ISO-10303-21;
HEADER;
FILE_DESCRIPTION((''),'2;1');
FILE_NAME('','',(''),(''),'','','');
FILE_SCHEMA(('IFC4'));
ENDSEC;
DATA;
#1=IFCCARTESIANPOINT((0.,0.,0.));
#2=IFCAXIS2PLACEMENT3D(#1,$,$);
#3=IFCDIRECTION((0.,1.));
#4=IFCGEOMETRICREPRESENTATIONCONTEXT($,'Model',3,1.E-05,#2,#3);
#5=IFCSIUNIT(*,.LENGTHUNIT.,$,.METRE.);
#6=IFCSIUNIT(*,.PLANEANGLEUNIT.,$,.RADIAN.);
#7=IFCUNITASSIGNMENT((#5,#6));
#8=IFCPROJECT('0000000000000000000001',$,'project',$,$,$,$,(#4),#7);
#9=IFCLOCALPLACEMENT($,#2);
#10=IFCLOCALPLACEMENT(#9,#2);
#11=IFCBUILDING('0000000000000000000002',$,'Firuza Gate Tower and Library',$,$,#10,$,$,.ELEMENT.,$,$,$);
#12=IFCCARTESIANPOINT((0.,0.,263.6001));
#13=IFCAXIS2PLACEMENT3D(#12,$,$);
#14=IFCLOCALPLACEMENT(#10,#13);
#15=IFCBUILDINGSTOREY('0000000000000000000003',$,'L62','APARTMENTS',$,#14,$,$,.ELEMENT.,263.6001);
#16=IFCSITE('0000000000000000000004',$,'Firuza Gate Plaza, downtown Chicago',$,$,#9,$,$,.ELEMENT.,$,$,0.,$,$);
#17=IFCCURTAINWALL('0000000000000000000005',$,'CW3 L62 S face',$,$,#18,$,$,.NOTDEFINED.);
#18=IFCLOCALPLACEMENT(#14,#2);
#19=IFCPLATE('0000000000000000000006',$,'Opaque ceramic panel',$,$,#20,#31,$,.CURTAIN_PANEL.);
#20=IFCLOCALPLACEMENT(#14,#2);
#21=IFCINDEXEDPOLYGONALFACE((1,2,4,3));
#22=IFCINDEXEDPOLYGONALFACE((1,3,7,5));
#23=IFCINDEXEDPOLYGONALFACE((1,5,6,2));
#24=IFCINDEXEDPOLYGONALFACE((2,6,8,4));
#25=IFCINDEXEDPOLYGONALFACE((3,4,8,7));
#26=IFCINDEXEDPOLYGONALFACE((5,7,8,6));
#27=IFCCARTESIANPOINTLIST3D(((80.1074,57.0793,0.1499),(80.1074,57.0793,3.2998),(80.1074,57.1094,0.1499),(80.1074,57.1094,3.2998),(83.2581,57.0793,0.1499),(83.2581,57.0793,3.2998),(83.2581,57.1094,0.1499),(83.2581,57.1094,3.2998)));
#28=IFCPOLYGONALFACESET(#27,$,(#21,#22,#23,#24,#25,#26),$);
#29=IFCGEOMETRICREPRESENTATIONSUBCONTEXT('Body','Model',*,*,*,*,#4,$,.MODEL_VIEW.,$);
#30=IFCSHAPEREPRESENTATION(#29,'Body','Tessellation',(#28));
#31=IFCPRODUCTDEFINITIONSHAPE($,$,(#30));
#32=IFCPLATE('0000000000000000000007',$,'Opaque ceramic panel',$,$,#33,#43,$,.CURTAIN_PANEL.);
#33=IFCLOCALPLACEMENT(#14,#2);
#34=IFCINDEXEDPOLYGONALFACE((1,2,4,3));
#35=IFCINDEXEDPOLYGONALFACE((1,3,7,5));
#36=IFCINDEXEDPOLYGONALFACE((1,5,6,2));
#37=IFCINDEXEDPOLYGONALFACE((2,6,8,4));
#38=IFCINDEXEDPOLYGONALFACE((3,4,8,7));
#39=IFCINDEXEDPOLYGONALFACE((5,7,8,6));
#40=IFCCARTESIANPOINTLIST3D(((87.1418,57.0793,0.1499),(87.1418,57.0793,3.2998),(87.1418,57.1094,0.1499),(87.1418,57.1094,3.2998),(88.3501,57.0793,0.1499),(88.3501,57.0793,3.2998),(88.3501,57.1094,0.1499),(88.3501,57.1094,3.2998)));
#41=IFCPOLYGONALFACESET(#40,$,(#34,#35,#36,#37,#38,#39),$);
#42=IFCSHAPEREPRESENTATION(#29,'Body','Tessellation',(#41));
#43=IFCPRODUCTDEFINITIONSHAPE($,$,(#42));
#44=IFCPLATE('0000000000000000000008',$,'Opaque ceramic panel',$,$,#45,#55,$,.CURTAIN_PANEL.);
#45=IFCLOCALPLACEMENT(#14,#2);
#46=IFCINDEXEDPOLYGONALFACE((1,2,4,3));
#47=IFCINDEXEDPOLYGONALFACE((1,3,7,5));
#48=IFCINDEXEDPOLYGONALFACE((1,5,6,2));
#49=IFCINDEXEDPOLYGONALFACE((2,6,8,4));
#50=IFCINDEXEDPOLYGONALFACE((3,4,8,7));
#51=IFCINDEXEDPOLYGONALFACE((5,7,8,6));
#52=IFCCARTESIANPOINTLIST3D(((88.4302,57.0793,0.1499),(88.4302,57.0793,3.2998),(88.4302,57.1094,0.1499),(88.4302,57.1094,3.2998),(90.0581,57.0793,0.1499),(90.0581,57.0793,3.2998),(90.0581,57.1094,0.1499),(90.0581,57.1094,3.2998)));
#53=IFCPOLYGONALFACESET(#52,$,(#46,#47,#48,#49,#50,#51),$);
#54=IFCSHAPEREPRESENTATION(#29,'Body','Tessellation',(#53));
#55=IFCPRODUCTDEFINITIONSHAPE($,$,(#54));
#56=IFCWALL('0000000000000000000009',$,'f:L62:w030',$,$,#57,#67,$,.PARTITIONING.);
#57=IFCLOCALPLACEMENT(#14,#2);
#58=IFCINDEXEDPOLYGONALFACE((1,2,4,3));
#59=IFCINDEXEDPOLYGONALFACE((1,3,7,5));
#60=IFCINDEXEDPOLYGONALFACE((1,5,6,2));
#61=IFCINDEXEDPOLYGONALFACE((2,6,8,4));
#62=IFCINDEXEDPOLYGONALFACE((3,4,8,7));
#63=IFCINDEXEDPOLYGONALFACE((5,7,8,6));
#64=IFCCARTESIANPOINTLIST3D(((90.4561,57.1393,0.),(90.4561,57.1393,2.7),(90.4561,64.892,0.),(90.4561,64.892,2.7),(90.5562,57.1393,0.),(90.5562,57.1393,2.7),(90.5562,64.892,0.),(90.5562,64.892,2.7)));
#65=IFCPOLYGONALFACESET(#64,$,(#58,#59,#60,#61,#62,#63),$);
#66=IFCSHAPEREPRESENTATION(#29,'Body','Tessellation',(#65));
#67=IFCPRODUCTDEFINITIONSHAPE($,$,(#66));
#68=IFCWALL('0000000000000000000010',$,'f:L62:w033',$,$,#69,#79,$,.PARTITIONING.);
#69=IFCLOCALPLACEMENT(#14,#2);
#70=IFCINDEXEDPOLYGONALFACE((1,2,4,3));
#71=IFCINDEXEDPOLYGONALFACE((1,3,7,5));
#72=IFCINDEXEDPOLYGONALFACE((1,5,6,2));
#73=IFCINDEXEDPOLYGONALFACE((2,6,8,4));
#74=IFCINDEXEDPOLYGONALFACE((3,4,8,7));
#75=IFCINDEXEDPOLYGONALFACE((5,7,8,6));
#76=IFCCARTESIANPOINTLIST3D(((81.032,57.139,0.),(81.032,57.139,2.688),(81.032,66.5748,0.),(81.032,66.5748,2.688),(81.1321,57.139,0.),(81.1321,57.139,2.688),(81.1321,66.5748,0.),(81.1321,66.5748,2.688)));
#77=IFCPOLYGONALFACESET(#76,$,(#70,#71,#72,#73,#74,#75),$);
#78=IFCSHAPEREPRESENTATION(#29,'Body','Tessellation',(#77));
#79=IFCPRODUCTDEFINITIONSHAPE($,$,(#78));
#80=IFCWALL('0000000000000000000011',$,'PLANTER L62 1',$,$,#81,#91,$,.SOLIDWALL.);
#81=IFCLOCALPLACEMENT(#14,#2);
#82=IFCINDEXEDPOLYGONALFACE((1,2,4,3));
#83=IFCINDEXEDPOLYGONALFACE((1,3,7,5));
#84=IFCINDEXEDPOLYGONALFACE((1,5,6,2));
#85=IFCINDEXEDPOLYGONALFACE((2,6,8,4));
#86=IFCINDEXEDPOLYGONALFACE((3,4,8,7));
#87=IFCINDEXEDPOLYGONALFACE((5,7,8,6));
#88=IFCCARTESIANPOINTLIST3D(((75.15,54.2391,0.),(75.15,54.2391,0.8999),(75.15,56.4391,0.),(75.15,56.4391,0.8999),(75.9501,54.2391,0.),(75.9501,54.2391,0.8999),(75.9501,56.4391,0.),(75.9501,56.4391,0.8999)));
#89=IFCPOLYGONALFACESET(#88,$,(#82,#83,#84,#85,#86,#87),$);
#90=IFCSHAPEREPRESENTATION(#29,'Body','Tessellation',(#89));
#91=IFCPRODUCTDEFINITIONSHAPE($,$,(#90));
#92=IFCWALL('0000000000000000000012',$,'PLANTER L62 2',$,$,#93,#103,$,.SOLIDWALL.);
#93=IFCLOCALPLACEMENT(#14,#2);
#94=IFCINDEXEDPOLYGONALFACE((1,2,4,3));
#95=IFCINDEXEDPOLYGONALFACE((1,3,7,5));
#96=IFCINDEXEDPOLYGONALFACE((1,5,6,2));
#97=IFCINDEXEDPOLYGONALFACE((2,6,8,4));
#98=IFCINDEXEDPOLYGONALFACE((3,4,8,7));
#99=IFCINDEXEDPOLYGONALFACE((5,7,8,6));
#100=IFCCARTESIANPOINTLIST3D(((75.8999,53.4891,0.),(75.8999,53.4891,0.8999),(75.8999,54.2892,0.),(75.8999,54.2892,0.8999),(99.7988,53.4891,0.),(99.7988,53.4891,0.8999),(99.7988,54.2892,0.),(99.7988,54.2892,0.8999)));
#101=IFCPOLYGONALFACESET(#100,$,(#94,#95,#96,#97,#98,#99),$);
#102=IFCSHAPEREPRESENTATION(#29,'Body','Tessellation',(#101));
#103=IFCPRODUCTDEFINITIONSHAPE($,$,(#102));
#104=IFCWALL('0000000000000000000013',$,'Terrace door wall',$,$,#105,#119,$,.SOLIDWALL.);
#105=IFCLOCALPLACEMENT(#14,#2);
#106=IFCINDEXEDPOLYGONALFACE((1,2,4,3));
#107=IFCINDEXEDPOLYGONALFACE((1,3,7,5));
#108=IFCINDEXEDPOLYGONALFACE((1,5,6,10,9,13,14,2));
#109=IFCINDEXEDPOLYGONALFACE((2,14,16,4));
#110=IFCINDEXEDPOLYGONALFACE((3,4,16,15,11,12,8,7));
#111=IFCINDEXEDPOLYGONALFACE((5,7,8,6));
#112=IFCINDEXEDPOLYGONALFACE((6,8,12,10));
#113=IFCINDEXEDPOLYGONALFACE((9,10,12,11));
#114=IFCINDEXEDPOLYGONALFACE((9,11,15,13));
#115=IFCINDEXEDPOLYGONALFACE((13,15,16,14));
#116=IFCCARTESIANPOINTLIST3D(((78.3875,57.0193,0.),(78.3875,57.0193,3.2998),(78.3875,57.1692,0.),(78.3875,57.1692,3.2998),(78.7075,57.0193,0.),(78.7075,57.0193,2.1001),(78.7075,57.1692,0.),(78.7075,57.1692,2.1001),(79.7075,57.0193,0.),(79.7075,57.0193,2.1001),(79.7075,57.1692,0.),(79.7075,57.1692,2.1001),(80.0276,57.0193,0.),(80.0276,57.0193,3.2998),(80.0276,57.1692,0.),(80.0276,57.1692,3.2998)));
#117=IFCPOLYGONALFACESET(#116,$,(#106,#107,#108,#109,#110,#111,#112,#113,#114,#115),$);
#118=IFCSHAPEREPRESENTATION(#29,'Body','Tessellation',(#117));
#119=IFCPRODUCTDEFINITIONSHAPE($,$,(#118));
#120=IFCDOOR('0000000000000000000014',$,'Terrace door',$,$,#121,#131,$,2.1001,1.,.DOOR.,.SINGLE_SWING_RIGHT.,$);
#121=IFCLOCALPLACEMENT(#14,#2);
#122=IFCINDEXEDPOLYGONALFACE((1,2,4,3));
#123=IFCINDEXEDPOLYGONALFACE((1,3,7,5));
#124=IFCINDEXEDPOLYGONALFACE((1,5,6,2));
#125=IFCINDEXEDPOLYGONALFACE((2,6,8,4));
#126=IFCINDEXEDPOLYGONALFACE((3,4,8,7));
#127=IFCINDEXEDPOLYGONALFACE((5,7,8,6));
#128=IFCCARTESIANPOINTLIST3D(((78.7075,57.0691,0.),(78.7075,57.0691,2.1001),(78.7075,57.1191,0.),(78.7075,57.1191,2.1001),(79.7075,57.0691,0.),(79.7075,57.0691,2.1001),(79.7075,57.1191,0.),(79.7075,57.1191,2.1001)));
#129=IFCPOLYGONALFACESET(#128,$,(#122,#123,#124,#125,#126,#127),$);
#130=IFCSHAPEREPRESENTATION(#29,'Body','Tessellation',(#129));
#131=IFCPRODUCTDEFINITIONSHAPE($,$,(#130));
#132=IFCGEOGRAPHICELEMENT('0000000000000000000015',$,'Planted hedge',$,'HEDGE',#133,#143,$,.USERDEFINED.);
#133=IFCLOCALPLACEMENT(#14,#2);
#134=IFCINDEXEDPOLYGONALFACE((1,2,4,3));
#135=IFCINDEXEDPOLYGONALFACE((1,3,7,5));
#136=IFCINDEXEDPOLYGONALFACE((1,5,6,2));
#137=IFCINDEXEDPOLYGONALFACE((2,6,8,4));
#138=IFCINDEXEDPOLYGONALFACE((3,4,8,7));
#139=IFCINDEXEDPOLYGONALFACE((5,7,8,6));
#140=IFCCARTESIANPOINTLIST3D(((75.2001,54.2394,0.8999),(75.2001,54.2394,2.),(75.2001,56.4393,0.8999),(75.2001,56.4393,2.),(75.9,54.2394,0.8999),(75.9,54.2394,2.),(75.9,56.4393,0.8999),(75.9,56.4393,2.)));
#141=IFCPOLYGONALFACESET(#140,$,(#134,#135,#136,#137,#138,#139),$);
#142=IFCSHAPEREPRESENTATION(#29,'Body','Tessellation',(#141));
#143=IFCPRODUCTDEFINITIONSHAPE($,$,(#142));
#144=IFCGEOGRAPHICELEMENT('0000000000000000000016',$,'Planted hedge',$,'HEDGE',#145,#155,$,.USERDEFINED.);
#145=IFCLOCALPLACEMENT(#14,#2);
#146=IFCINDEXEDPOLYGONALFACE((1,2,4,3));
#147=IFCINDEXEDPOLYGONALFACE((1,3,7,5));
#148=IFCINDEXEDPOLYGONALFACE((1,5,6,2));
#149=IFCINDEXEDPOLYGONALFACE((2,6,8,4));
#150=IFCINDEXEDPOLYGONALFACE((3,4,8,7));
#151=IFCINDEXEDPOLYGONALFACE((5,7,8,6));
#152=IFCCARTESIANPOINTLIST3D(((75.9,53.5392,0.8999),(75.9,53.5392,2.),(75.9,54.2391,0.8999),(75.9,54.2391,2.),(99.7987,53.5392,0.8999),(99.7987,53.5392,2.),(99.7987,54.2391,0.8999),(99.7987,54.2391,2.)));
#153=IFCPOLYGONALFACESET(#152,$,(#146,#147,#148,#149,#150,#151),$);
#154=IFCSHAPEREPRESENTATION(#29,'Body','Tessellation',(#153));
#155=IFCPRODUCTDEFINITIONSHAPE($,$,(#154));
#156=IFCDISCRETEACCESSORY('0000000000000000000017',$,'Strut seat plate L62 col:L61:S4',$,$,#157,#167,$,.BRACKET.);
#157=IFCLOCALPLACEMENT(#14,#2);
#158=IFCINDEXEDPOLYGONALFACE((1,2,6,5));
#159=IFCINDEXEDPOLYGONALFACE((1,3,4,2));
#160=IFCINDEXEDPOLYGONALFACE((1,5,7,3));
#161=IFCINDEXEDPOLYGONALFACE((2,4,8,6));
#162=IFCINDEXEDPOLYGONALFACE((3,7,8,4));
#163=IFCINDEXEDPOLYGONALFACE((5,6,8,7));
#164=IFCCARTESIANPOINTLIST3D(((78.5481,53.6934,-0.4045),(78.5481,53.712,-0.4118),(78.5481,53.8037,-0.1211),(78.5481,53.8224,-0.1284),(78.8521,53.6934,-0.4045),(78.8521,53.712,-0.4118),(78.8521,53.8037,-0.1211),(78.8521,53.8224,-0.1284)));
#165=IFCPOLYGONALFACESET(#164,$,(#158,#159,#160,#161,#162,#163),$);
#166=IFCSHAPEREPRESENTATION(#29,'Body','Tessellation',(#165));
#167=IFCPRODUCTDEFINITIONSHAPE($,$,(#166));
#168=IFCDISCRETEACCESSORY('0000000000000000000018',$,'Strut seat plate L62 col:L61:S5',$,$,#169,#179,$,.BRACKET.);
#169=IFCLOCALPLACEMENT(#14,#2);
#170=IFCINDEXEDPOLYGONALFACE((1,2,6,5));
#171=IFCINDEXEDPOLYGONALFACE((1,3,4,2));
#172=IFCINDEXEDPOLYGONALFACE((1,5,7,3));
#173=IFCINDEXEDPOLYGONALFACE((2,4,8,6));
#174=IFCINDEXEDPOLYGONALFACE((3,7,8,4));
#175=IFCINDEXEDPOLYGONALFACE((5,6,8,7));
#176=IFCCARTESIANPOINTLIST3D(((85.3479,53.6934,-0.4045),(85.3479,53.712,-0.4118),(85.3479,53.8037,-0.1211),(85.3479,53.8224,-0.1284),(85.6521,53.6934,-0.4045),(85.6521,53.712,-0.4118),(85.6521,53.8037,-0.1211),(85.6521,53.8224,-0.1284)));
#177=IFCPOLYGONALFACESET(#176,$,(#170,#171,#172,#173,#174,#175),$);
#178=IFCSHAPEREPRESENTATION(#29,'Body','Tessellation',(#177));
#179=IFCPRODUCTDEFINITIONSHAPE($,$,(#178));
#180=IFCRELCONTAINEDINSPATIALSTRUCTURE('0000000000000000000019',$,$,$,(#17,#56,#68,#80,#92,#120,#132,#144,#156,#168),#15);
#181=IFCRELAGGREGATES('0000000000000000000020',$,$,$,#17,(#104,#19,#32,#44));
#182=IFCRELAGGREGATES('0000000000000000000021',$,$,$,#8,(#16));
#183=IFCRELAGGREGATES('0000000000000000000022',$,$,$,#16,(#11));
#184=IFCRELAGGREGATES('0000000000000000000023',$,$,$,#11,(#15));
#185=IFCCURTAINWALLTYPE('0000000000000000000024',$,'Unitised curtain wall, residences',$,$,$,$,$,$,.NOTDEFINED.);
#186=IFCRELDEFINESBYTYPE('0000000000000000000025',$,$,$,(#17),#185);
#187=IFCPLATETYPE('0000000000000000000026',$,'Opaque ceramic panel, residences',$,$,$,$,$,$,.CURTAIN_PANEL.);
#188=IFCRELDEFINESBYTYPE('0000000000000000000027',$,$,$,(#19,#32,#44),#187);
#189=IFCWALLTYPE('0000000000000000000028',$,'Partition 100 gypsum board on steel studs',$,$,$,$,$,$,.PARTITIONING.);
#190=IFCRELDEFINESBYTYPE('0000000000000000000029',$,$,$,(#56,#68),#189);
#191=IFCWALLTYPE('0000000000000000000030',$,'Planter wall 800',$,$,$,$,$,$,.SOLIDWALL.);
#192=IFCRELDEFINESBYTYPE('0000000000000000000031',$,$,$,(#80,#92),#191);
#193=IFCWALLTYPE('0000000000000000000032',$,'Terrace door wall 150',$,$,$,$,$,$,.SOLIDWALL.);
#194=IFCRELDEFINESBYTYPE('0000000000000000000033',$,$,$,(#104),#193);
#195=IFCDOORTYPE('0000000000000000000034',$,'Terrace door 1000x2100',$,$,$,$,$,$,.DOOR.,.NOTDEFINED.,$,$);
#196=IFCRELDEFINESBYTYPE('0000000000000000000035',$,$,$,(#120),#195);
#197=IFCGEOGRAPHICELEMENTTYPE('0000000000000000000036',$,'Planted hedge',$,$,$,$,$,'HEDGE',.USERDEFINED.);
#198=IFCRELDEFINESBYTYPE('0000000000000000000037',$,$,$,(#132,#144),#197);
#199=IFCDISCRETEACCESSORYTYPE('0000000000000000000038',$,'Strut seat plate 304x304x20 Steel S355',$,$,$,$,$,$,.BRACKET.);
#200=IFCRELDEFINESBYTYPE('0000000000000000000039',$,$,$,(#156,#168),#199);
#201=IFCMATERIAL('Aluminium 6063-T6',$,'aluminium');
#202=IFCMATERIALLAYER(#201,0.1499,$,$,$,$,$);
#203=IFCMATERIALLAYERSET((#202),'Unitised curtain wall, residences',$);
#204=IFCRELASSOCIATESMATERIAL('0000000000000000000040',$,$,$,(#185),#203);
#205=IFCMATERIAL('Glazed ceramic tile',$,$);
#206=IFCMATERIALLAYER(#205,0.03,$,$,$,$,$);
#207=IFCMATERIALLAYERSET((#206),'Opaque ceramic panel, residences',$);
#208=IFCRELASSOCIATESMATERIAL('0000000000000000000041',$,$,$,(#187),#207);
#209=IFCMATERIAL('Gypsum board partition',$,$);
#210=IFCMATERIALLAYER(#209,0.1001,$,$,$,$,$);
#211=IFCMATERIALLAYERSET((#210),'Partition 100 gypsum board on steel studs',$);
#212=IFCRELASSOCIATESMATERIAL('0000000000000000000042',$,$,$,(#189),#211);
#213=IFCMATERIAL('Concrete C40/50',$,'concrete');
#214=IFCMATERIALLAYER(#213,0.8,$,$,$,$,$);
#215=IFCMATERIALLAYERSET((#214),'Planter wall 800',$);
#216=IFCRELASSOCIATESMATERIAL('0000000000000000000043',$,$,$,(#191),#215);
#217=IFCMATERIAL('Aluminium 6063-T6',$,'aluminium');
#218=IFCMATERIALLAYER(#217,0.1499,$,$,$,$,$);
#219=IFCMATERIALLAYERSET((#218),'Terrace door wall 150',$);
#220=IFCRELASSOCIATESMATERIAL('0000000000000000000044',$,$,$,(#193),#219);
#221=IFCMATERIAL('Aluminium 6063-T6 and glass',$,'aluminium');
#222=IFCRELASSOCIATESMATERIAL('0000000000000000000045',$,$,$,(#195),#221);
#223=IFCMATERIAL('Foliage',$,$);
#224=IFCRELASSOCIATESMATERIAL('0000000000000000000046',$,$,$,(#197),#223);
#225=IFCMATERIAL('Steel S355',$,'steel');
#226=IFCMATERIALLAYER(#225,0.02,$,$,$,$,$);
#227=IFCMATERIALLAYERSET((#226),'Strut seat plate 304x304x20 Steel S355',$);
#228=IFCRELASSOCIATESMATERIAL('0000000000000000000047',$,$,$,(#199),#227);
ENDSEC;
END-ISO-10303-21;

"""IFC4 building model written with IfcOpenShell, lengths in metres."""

from ifc_helpers import new_model, si_unit, direction, frame, frame_2d, origin, origin_2d, place, context, subcontext, project, spatial, polyline, rectangle, outline, extrude, material, layer, layer_set, type_object, element, fill, aggregate, save


model = new_model("IFC4")

# Units and contexts
model_context = context("Model", 3, precision=1e-05, world=origin(), true_north=direction((0.0, 1.0)))
body_context = subcontext(model_context, "Body", "Model", "MODEL_VIEW")
ifc_project = project(units=[si_unit("LENGTHUNIT", "METRE"), si_unit("PLANEANGLEUNIT", "RADIAN")], contexts=[model_context])

# Site, building, storey
site_placement = place(None, origin())
site = spatial("IfcSite", under=ifc_project, at=site_placement, Name="Firuza Gate Plaza, downtown Chicago", CompositionType="ELEMENT", RefElevation=0.0)
building_placement = place(site_placement, origin())
building = spatial("IfcBuilding", under=site, at=building_placement, Name="Firuza Gate Tower and Library", CompositionType="ELEMENT")
storey_placement = place(building_placement, frame((0.0, 0.0, 263.6001)))
storey = spatial("IfcBuildingStorey", under=building, at=storey_placement, Name="L62", Description="APARTMENTS", CompositionType="ELEMENT", Elevation=263.6001)

# Curtain wall, plates
ifc_material_1 = material(Name="Aluminium 6063-T6", Category="aluminium")
ifc_layer_1 = layer(ifc_material_1, 0.1499)
ifc_layer_set_1 = layer_set([ifc_layer_1], Name="Unitised curtain wall, residences")
curtain_wall_type = type_object("IfcCurtainWallType", Name="Unitised curtain wall, residences", PredefinedType="NOTDEFINED", material=ifc_layer_set_1)
curtain_wall_placement = place(storey_placement, origin())
curtain_wall = element("IfcCurtainWall", 1, at=curtain_wall_placement, inside=storey, type_object=curtain_wall_type, Name="CW3 L62 S face", PredefinedType="NOTDEFINED")
ifc_material_2 = material(Name="Glazed ceramic tile")
ifc_layer_2 = layer(ifc_material_2, 0.03)
ifc_layer_set_2 = layer_set([ifc_layer_2], Name="Opaque ceramic panel, residences")
plate_type_1 = type_object("IfcPlateType", Name="Opaque ceramic panel, residences", PredefinedType="CURTAIN_PANEL", material=ifc_layer_set_2)
plate_1_placement = place(storey_placement, frame((80.1074, 57.0793, 0.1499), z_axis=(0.0, -1.0, 0.0), x_axis=(1.0, 0.0, 0.0)))
plate_1 = element("IfcPlate", 2, at=plate_1_placement, type_object=plate_type_1, Name="Opaque ceramic panel", PredefinedType="CURTAIN_PANEL", context=body_context, shape_type="SweptSolid", body=[
    extrude(outline(polyline([(0.0, 0.0), (3.1506, 0.0), (3.1506, 3.1499), (0.0, 3.1499), (0.0, 0.0)])), origin(), (0.0, 0.0, -1.0), 0.03),
])
plate_2_placement = place(storey_placement, frame((87.1418, 57.0793, 0.1499), z_axis=(0.0, -1.0, 0.0), x_axis=(1.0, 0.0, 0.0)))
plate_2 = element("IfcPlate", 3, at=plate_2_placement, type_object=plate_type_1, Name="Opaque ceramic panel", PredefinedType="CURTAIN_PANEL", context=body_context, shape_type="SweptSolid", body=[
    extrude(outline(polyline([(0.0, 0.0), (1.2083, 0.0), (1.2083, 3.1499), (0.0, 3.1499), (0.0, 0.0)])), origin(), (0.0, 0.0, -1.0), 0.03),
])
plate_3_placement = place(storey_placement, frame((88.4302, 57.0793, 0.1499), z_axis=(0.0, -1.0, 0.0), x_axis=(1.0, 0.0, 0.0)))
plate_3 = element("IfcPlate", 4, at=plate_3_placement, type_object=plate_type_1, Name="Opaque ceramic panel", PredefinedType="CURTAIN_PANEL", context=body_context, shape_type="SweptSolid", body=[
    extrude(outline(polyline([(0.0, 0.0), (1.6279, 0.0), (1.6279, 3.1499), (0.0, 3.1499), (0.0, 0.0)])), origin(), (0.0, 0.0, -1.0), 0.03),
])

# Walls
ifc_material_3 = material(Name="Gypsum board partition")
ifc_layer_3 = layer(ifc_material_3, 0.1001)
ifc_layer_set_3 = layer_set([ifc_layer_3], Name="Partition 100 gypsum board on steel studs")
wall_type_1 = type_object("IfcWallType", Name="Partition 100 gypsum board on steel studs", PredefinedType="PARTITIONING", material=ifc_layer_set_3)
wall_1_placement = place(storey_placement, frame((90.5061, 57.1392, 0.0), z_axis=(0.0, 0.0, 1.0), x_axis=(0.0, 1.0, 0.0)))
element("IfcWall", 5, at=wall_1_placement, inside=storey, type_object=wall_type_1, Name="f:L62:w030", PredefinedType="PARTITIONING", context=body_context, shape_type="SweptSolid", body=[
    extrude(rectangle(XDim=7.7527, YDim=0.1001, at=frame_2d((3.8765, 0.0))), origin(), (0.0, 0.0, 1.0), 2.7),
])
wall_2_placement = place(storey_placement, frame((81.082, 57.1392, 0.0), z_axis=(0.0, 0.0, 1.0), x_axis=(0.0, 1.0, 0.0)))
element("IfcWall", 6, at=wall_2_placement, inside=storey, type_object=wall_type_1, Name="f:L62:w033", PredefinedType="PARTITIONING", context=body_context, shape_type="SweptSolid", body=[
    extrude(rectangle(XDim=9.4358, YDim=0.1001, at=frame_2d((4.7178, 0.0))), origin(), (0.0, 0.0, 1.0), 2.688),
])
ifc_material_4 = material(Name="Concrete C40/50", Category="concrete")
ifc_layer_4 = layer(ifc_material_4, 0.8)
ifc_layer_set_4 = layer_set([ifc_layer_4], Name="Planter wall 800")
wall_type_2 = type_object("IfcWallType", Name="Planter wall 800", PredefinedType="SOLIDWALL", material=ifc_layer_set_4)
wall_3_placement = place(storey_placement, frame((75.55, 56.4392, 0.0), z_axis=(0.0, 0.0, 1.0), x_axis=(0.0, -1.0, 0.0)))
element("IfcWall", 7, at=wall_3_placement, inside=storey, type_object=wall_type_2, Name="PLANTER L62 1", PredefinedType="SOLIDWALL", context=body_context, shape_type="SweptSolid", body=[
    extrude(rectangle(XDim=2.2, YDim=0.8, at=frame_2d((1.1001, 0.0))), origin(), (0.0, 0.0, 1.0), 0.8999),
])
wall_4_placement = place(storey_placement, frame((75.8999, 53.8892, 0.0), z_axis=(0.0, 0.0, 1.0), x_axis=(1.0, 0.0, 0.0)))
element("IfcWall", 8, at=wall_4_placement, inside=storey, type_object=wall_type_2, Name="PLANTER L62 2", PredefinedType="SOLIDWALL", context=body_context, shape_type="SweptSolid", body=[
    extrude(rectangle(XDim=23.8989, YDim=0.8, at=frame_2d((11.9495, 0.0))), origin(), (0.0, 0.0, 1.0), 0.8999),
])

# Wall, opening, door
ifc_material_5 = material(Name="Aluminium 6063-T6", Category="aluminium")
ifc_layer_5 = layer(ifc_material_5, 0.1499)
ifc_layer_set_5 = layer_set([ifc_layer_5], Name="Terrace door wall 150")
wall_type_3 = type_object("IfcWallType", Name="Terrace door wall 150", PredefinedType="SOLIDWALL", material=ifc_layer_set_5)
wall_5_placement = place(storey_placement, frame((78.3875, 57.0942, 0.0), z_axis=(0.0, 0.0, 1.0), x_axis=(1.0, 0.0, 0.0)))
wall_5 = element("IfcWall", 9, at=wall_5_placement, type_object=wall_type_3, Name="Terrace door wall", PredefinedType="SOLIDWALL", context=body_context, shape_type="SweptSolid", body=[
    extrude(rectangle(XDim=1.6401, YDim=0.1499, at=frame_2d((0.8201, 0.0))), origin(), (0.0, 0.0, 1.0), 3.2998),
])
opening_placement = place(wall_5_placement, frame((0.3201, 0.0, 0.0)))
opening = element("IfcOpeningElement", 10, at=opening_placement, cuts=wall_5, PredefinedType="OPENING", context=body_context, shape_type="SweptSolid", body=[
    extrude(rectangle(XDim=1.0, YDim=2.1001, at=frame_2d((0.5, 1.05))), frame((0.0, 0.085, 0.0), z_axis=(0.0, -1.0, 0.0), x_axis=(1.0, 0.0, 0.0)), (0.0, 0.0, 1.0), 0.1699),
])
ifc_material_6 = material(Name="Aluminium 6063-T6 and glass", Category="aluminium")
door_type = type_object("IfcDoorType", Name="Terrace door 1000x2100", OperationType="NOTDEFINED", PredefinedType="DOOR", material=ifc_material_6)
door_placement = place(opening_placement, origin())
door = element("IfcDoor", 11, at=door_placement, inside=storey, type_object=door_type, Name="Terrace door", OperationType="SINGLE_SWING_RIGHT", OverallHeight=2.1001, OverallWidth=1.0, PredefinedType="DOOR", context=body_context, shape_type="SweptSolid", body=[
    extrude(rectangle(XDim=1.0, YDim=2.1001, at=frame_2d((0.5, 1.05))), frame((0.0, 0.0249, 0.0), z_axis=(0.0, -1.0, 0.0), x_axis=(1.0, 0.0, 0.0)), (0.0, 0.0, 1.0), 0.05),
])
fill(opening, door)
aggregate(curtain_wall, [wall_5, plate_1, plate_2, plate_3])

# Geographic elements
ifc_material_7 = material(Name="Foliage")
geographic_element_type = type_object("IfcGeographicElementType", Name="Planted hedge", ElementType="HEDGE", PredefinedType="USERDEFINED", material=ifc_material_7)
geographic_element_1_placement = place(storey_placement, frame((75.55, 55.3394, 0.8999), z_axis=(0.0, 0.0, 1.0), x_axis=(0.0, -1.0, 0.0)))
element("IfcGeographicElement", 12, at=geographic_element_1_placement, inside=storey, type_object=geographic_element_type, Name="Planted hedge", ObjectType="HEDGE", PredefinedType="USERDEFINED", context=body_context, shape_type="SweptSolid", body=[
    extrude(rectangle(XDim=2.2, YDim=0.7, at=origin_2d()), origin(), (0.0, 0.0, 1.0), 1.1001),
])
geographic_element_2_placement = place(storey_placement, frame((87.8494, 53.8892, 0.8999), z_axis=(0.0, 0.0, 1.0), x_axis=(1.0, 0.0, 0.0)))
element("IfcGeographicElement", 13, at=geographic_element_2_placement, inside=storey, type_object=geographic_element_type, Name="Planted hedge", ObjectType="HEDGE", PredefinedType="USERDEFINED", context=body_context, shape_type="SweptSolid", body=[
    extrude(rectangle(XDim=23.8987, YDim=0.7, at=origin_2d()), origin(), (0.0, 0.0, 1.0), 1.1001),
])

# Discrete accessories
ifc_material_8 = material(Name="Steel S355", Category="steel")
ifc_layer_6 = layer(ifc_material_8, 0.02)
ifc_layer_set_6 = layer_set([ifc_layer_6], Name="Strut seat plate 304x304x20 Steel S355")
discrete_accessory_type = type_object("IfcDiscreteAccessoryType", Name="Strut seat plate 304x304x20 Steel S355", PredefinedType="BRACKET", material=ifc_layer_set_6)
discrete_accessory_1_placement = place(storey_placement, frame((78.5481, 53.8037, -0.1211), z_axis=(0.0, -0.931869, 0.362795), x_axis=(1.0, 0.0, 0.0)))
element("IfcDiscreteAccessory", 14, at=discrete_accessory_1_placement, inside=storey, type_object=discrete_accessory_type, Name="Strut seat plate L62 col:L61:S4", PredefinedType="BRACKET", context=body_context, shape_type="SweptSolid", body=[
    extrude(outline(polyline([(0.0, 0.0), (0.304, 0.0), (0.304, -0.3042), (0.0, -0.3042), (0.0, 0.0)])), origin(), (0.0, 0.0, -1.0), 0.02),
])
discrete_accessory_2_placement = place(storey_placement, frame((85.3479, 53.8037, -0.1211), z_axis=(0.0, -0.931869, 0.362795), x_axis=(1.0, 0.0, 0.0)))
element("IfcDiscreteAccessory", 15, at=discrete_accessory_2_placement, inside=storey, type_object=discrete_accessory_type, Name="Strut seat plate L62 col:L61:S5", PredefinedType="BRACKET", context=body_context, shape_type="SweptSolid", body=[
    extrude(outline(polyline([(0.0, 0.0), (0.3042, 0.0), (0.3042, -0.3042), (0.0, -0.3042), (0.0, 0.0)])), origin(), (0.0, 0.0, -1.0), 0.02),
])

save(model, "model.ifc")
